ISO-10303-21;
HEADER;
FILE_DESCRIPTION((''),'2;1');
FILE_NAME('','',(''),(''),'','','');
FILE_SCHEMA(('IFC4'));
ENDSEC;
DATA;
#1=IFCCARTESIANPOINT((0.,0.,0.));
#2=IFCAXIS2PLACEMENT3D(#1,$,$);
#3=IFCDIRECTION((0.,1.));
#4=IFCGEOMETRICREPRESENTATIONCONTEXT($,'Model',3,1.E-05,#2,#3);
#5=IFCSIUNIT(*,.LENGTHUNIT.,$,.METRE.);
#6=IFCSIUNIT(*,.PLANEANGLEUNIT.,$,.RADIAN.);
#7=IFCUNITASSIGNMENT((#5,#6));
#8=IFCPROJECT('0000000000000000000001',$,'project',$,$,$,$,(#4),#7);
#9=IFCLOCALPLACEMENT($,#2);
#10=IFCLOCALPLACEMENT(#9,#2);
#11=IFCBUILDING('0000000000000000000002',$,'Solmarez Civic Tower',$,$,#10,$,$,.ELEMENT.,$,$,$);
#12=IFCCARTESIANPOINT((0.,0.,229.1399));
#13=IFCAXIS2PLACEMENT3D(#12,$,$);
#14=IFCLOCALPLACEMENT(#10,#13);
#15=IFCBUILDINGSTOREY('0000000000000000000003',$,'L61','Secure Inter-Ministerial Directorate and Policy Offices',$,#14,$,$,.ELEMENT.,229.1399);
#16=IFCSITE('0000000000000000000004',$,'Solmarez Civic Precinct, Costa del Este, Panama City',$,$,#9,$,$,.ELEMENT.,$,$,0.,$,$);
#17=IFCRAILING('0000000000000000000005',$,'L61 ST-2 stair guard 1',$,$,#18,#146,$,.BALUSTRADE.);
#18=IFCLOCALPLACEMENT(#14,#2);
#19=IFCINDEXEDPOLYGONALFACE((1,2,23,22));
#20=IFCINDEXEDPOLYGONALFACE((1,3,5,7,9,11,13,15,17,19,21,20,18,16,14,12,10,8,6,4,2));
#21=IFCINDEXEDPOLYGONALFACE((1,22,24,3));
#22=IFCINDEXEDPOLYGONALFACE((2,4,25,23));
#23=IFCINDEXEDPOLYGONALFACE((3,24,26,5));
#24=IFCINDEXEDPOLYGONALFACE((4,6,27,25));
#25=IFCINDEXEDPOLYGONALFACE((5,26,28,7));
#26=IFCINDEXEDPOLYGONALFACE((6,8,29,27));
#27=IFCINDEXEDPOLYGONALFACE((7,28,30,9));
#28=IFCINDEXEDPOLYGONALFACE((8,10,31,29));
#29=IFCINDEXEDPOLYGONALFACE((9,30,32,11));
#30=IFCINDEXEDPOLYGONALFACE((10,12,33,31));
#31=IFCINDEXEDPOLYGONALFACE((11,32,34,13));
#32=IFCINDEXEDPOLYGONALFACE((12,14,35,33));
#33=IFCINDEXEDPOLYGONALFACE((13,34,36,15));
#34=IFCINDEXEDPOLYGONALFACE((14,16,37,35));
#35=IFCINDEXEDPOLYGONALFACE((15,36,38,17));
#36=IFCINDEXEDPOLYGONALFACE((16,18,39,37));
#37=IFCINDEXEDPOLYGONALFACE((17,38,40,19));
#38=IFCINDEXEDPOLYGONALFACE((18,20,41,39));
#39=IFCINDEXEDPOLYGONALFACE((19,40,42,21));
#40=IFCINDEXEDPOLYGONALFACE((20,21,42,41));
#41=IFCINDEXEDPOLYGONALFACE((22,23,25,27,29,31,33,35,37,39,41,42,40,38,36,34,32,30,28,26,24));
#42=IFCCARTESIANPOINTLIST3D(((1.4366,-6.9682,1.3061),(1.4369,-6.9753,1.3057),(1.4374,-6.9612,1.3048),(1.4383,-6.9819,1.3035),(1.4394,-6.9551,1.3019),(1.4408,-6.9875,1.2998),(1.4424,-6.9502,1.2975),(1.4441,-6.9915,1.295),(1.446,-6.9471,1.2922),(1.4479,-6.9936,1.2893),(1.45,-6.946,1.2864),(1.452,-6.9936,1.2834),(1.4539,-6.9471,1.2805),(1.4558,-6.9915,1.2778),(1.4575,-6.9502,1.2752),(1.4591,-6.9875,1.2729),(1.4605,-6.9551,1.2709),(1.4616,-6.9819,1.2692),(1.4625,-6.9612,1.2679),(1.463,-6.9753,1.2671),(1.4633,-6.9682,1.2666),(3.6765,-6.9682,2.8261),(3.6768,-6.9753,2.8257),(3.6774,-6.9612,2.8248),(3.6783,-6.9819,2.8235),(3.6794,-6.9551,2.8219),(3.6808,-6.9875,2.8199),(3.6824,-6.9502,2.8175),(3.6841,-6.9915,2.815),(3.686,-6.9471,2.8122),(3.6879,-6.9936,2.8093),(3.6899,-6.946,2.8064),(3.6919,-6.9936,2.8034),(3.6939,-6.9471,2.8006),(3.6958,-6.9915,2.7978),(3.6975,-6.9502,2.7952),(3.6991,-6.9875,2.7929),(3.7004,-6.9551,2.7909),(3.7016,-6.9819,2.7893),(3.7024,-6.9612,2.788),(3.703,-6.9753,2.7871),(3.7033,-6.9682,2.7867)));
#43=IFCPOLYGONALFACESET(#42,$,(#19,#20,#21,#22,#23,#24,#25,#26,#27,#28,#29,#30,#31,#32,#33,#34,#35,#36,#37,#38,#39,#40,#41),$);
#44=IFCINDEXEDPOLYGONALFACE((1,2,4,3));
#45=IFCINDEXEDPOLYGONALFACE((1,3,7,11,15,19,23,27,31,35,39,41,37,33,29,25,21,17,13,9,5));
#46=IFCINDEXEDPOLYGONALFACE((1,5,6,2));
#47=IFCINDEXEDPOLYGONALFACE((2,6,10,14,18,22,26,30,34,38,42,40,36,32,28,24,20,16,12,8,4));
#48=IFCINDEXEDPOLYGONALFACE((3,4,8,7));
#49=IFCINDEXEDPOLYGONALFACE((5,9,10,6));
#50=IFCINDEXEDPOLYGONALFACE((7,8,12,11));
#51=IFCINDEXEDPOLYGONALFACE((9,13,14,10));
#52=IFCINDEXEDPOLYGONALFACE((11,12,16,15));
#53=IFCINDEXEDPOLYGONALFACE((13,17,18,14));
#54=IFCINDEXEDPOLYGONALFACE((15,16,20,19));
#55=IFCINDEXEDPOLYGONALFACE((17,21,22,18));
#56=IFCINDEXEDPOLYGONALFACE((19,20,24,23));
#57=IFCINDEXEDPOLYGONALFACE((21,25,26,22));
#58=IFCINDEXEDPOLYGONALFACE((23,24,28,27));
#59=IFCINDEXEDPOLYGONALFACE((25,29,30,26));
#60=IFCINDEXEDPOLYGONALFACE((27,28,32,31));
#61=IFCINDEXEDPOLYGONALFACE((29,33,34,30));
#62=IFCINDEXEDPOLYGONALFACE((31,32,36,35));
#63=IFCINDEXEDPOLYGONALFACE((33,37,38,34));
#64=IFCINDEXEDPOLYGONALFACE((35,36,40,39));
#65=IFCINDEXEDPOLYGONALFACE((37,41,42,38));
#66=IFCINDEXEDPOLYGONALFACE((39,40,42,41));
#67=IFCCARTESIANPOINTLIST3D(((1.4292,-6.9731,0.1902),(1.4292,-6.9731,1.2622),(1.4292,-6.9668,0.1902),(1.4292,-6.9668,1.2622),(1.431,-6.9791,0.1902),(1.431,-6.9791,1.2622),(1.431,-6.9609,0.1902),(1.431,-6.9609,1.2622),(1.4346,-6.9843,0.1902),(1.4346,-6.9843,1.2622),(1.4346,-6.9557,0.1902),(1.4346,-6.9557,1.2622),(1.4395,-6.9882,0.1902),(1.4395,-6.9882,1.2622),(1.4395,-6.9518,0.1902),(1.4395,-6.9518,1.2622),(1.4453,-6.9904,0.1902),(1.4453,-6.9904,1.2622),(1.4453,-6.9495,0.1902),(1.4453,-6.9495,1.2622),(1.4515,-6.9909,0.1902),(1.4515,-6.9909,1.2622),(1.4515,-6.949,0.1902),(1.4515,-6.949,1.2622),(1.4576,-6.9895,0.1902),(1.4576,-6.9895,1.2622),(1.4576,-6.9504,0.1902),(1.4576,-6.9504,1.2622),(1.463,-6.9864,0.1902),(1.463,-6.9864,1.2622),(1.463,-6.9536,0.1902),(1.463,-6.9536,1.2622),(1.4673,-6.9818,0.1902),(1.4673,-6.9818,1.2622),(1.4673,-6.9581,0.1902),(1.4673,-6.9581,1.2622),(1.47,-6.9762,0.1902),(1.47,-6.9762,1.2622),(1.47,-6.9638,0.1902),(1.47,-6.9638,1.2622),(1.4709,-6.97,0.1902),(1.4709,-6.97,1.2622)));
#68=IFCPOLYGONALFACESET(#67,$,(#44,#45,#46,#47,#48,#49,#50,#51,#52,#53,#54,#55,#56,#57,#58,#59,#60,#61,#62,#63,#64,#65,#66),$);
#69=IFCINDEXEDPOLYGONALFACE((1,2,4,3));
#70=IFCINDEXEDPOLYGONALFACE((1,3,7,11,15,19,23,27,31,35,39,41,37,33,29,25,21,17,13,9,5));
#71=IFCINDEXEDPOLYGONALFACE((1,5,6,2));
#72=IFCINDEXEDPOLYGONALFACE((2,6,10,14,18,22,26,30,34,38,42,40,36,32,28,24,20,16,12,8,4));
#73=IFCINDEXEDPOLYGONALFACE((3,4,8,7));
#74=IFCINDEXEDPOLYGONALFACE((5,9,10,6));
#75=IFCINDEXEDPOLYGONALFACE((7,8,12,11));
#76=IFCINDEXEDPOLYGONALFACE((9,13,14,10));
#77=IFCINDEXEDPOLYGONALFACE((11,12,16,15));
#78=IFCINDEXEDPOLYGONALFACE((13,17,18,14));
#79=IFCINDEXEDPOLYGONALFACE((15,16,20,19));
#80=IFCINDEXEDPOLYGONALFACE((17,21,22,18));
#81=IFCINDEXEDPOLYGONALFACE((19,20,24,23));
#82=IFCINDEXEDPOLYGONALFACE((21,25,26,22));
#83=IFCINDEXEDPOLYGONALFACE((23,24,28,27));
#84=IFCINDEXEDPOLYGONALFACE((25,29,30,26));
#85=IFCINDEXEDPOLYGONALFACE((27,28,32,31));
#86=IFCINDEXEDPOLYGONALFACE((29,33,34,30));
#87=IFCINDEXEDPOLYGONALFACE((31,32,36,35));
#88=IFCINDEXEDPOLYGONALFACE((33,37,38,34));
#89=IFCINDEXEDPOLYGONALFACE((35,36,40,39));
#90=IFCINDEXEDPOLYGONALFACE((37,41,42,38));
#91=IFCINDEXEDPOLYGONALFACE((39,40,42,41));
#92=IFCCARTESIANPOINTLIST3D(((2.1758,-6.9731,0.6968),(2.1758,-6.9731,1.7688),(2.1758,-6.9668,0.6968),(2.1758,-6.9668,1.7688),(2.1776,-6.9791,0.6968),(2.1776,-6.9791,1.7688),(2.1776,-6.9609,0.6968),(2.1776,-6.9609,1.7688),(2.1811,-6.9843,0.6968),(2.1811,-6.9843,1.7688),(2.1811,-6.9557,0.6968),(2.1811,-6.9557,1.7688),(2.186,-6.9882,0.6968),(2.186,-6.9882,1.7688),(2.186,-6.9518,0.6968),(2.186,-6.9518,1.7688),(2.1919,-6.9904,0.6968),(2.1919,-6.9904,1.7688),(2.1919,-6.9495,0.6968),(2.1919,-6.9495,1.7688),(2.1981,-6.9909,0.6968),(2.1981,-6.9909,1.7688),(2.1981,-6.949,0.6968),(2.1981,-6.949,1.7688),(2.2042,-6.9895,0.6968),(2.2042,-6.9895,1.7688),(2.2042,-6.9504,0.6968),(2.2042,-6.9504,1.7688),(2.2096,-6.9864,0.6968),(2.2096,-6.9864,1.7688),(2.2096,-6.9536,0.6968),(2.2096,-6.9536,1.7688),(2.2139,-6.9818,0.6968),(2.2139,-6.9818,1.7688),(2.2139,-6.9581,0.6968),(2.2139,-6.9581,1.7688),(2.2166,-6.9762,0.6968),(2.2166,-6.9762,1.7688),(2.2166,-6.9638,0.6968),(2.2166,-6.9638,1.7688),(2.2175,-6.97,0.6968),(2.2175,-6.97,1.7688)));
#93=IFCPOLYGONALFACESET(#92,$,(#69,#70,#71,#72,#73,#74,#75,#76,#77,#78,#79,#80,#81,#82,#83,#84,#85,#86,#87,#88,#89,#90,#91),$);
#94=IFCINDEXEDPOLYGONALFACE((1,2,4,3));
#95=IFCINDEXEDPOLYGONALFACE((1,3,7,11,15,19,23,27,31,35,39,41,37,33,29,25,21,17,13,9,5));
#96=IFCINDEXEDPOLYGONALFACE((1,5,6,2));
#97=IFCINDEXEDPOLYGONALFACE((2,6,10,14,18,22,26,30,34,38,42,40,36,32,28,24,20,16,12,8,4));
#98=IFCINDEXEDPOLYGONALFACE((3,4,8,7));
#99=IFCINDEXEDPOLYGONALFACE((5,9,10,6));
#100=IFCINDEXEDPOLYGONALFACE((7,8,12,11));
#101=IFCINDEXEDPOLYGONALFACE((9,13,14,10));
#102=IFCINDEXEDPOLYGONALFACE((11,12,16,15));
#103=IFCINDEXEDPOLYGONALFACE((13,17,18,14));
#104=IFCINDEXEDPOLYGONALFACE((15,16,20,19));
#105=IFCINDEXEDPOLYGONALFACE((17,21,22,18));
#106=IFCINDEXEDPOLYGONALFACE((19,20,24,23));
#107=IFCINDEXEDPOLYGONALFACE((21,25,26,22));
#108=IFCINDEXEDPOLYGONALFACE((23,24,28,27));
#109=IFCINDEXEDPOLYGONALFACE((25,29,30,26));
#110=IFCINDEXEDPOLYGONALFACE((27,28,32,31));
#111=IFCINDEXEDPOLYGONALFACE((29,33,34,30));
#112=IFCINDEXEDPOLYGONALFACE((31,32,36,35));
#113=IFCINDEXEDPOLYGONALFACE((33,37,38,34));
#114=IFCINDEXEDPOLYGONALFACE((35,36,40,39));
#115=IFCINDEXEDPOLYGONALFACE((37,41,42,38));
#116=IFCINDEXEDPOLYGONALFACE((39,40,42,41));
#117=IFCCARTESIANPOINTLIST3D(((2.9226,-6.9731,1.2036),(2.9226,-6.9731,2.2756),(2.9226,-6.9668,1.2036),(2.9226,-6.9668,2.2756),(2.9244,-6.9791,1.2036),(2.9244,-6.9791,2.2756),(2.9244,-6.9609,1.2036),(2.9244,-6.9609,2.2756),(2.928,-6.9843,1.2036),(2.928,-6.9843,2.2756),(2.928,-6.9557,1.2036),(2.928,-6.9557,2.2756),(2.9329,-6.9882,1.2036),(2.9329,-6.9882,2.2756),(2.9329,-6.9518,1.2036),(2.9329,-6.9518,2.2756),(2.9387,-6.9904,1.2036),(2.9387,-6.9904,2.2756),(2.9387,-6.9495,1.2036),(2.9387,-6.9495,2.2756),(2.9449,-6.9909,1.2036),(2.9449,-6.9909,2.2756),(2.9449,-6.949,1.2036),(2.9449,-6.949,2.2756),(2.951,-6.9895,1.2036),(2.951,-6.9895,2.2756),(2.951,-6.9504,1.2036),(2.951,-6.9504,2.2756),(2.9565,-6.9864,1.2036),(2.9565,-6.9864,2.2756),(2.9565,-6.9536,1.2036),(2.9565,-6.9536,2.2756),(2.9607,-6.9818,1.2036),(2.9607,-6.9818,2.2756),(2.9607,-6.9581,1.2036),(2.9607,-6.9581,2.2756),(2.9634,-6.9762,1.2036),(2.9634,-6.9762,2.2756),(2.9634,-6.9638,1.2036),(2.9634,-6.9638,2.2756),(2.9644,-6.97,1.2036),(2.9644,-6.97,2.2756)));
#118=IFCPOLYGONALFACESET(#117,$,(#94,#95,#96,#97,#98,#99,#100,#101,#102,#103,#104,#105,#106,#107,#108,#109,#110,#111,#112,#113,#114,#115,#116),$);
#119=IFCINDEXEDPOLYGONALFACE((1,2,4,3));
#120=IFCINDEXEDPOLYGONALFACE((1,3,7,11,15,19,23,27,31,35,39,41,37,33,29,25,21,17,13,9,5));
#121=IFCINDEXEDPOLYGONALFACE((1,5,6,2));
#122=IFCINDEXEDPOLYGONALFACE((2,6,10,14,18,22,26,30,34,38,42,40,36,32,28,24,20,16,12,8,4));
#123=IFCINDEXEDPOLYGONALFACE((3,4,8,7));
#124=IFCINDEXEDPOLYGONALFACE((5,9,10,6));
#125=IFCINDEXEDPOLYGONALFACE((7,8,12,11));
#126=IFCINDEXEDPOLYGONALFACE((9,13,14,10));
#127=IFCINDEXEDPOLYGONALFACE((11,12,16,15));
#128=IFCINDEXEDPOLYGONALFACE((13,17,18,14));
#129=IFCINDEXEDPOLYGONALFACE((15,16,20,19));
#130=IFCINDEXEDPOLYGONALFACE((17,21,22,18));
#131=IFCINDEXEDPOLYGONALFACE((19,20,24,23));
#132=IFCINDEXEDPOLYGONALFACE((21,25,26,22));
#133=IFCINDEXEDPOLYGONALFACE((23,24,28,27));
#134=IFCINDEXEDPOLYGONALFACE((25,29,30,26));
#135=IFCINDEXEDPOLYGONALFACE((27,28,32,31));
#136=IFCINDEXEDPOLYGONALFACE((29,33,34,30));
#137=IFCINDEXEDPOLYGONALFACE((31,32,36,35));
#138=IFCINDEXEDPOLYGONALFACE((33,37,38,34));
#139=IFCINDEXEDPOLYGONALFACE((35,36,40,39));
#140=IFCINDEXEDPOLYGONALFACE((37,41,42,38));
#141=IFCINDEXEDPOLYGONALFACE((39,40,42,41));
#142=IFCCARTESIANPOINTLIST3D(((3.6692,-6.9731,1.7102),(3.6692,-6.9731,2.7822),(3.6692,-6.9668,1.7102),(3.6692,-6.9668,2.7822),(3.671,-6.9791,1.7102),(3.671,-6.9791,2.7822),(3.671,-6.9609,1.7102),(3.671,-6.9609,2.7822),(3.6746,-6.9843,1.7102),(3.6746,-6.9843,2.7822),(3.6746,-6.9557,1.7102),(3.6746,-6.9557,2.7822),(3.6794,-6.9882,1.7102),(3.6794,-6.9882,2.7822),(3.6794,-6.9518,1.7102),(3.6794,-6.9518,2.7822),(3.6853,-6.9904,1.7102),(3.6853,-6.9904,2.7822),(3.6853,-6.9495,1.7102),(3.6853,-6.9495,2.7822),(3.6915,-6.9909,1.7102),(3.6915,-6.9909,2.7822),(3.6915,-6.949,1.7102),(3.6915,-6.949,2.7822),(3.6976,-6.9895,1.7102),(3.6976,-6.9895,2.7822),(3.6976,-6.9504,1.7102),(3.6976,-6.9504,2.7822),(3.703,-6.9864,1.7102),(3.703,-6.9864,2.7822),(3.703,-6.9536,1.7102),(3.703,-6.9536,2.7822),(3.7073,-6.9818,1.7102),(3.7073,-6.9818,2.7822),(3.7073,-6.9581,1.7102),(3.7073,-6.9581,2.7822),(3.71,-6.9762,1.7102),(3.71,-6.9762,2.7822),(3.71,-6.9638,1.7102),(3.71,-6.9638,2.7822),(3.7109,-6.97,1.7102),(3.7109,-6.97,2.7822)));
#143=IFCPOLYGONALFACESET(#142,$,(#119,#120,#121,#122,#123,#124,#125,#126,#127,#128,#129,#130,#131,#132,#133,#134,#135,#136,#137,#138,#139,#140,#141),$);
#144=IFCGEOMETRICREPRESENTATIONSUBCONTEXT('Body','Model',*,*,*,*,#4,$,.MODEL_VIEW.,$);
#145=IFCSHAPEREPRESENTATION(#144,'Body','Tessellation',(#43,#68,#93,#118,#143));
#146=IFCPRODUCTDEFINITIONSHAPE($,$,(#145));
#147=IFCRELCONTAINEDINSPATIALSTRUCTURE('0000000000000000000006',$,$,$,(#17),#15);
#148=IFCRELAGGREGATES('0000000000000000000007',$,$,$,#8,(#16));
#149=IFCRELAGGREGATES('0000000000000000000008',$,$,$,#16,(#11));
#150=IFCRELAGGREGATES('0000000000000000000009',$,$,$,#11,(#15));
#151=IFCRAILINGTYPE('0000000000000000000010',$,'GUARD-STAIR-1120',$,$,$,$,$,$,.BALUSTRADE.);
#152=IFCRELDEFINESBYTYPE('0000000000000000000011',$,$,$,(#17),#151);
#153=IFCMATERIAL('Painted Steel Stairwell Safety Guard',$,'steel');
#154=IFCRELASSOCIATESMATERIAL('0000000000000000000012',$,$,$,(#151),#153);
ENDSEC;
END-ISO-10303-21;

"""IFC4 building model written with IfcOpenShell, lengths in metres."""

from ifc_helpers import new_model, si_unit, direction, frame, origin, origin_2d, place, context, subcontext, project, spatial, circle, extrude, material, type_object, element, save


model = new_model("IFC4")

# Units and contexts
model_context = context("Model", 3, precision=1e-05, world=origin(), true_north=direction((0.0, 1.0)))
body_context = subcontext(model_context, "Body", "Model", "MODEL_VIEW")
ifc_project = project(units=[si_unit("LENGTHUNIT", "METRE"), si_unit("PLANEANGLEUNIT", "RADIAN")], contexts=[model_context])

# Site, building, storey
site_placement = place(None, origin())
site = spatial("IfcSite", under=ifc_project, at=site_placement, Name="Solmarez Civic Precinct, Costa del Este, Panama City", CompositionType="ELEMENT", RefElevation=0.0)
building_placement = place(site_placement, origin())
building = spatial("IfcBuilding", under=site, at=building_placement, Name="Solmarez Civic Tower", CompositionType="ELEMENT")
storey_placement = place(building_placement, frame((0.0, 0.0, 229.1399)))
storey = spatial("IfcBuildingStorey", under=building, at=storey_placement, Name="L61", Description="Secure Inter-Ministerial Directorate and Policy Offices", CompositionType="ELEMENT", Elevation=229.1399)

# Railing
ifc_material_1 = material(Name="Painted Steel Stairwell Safety Guard", Category="steel")
railing_type_1 = type_object("IfcRailingType", Name="GUARD-STAIR-1120", PredefinedType="BALUSTRADE", material=ifc_material_1)
railing_1_placement = place(storey_placement, frame((1.45, -6.97, 0.1902)))
element("IfcRailing", 1, at=railing_1_placement, inside=storey, type_object=railing_type_1, Name="L61 ST-2 stair guard 1", PredefinedType="BALUSTRADE", context=body_context, shape_type="SweptSolid", body=[
    extrude(circle(Radius=0.0239, at=origin_2d()), frame((0.0, 0.0, 1.0962), z_axis=(0.827471, 0.0, 0.561508), x_axis=(0.0, 1.0, 0.0)), (0.0, 0.0, 1.0), 2.707),
    extrude(circle(Radius=0.021, at=origin_2d()), origin(), (0.0, 0.0, 1.0), 1.072),
    extrude(circle(Radius=0.021, at=origin_2d()), frame((0.7466, 0.0, 0.5066)), (0.0, 0.0, 1.0), 1.072),
    extrude(circle(Radius=0.021, at=origin_2d()), frame((1.4934, 0.0, 1.0134)), (0.0, 0.0, 1.0), 1.072),
    extrude(circle(Radius=0.021, at=origin_2d()), frame((2.24, 0.0, 1.52)), (0.0, 0.0, 1.0), 1.072),
])

save(model, "model.ifc")
